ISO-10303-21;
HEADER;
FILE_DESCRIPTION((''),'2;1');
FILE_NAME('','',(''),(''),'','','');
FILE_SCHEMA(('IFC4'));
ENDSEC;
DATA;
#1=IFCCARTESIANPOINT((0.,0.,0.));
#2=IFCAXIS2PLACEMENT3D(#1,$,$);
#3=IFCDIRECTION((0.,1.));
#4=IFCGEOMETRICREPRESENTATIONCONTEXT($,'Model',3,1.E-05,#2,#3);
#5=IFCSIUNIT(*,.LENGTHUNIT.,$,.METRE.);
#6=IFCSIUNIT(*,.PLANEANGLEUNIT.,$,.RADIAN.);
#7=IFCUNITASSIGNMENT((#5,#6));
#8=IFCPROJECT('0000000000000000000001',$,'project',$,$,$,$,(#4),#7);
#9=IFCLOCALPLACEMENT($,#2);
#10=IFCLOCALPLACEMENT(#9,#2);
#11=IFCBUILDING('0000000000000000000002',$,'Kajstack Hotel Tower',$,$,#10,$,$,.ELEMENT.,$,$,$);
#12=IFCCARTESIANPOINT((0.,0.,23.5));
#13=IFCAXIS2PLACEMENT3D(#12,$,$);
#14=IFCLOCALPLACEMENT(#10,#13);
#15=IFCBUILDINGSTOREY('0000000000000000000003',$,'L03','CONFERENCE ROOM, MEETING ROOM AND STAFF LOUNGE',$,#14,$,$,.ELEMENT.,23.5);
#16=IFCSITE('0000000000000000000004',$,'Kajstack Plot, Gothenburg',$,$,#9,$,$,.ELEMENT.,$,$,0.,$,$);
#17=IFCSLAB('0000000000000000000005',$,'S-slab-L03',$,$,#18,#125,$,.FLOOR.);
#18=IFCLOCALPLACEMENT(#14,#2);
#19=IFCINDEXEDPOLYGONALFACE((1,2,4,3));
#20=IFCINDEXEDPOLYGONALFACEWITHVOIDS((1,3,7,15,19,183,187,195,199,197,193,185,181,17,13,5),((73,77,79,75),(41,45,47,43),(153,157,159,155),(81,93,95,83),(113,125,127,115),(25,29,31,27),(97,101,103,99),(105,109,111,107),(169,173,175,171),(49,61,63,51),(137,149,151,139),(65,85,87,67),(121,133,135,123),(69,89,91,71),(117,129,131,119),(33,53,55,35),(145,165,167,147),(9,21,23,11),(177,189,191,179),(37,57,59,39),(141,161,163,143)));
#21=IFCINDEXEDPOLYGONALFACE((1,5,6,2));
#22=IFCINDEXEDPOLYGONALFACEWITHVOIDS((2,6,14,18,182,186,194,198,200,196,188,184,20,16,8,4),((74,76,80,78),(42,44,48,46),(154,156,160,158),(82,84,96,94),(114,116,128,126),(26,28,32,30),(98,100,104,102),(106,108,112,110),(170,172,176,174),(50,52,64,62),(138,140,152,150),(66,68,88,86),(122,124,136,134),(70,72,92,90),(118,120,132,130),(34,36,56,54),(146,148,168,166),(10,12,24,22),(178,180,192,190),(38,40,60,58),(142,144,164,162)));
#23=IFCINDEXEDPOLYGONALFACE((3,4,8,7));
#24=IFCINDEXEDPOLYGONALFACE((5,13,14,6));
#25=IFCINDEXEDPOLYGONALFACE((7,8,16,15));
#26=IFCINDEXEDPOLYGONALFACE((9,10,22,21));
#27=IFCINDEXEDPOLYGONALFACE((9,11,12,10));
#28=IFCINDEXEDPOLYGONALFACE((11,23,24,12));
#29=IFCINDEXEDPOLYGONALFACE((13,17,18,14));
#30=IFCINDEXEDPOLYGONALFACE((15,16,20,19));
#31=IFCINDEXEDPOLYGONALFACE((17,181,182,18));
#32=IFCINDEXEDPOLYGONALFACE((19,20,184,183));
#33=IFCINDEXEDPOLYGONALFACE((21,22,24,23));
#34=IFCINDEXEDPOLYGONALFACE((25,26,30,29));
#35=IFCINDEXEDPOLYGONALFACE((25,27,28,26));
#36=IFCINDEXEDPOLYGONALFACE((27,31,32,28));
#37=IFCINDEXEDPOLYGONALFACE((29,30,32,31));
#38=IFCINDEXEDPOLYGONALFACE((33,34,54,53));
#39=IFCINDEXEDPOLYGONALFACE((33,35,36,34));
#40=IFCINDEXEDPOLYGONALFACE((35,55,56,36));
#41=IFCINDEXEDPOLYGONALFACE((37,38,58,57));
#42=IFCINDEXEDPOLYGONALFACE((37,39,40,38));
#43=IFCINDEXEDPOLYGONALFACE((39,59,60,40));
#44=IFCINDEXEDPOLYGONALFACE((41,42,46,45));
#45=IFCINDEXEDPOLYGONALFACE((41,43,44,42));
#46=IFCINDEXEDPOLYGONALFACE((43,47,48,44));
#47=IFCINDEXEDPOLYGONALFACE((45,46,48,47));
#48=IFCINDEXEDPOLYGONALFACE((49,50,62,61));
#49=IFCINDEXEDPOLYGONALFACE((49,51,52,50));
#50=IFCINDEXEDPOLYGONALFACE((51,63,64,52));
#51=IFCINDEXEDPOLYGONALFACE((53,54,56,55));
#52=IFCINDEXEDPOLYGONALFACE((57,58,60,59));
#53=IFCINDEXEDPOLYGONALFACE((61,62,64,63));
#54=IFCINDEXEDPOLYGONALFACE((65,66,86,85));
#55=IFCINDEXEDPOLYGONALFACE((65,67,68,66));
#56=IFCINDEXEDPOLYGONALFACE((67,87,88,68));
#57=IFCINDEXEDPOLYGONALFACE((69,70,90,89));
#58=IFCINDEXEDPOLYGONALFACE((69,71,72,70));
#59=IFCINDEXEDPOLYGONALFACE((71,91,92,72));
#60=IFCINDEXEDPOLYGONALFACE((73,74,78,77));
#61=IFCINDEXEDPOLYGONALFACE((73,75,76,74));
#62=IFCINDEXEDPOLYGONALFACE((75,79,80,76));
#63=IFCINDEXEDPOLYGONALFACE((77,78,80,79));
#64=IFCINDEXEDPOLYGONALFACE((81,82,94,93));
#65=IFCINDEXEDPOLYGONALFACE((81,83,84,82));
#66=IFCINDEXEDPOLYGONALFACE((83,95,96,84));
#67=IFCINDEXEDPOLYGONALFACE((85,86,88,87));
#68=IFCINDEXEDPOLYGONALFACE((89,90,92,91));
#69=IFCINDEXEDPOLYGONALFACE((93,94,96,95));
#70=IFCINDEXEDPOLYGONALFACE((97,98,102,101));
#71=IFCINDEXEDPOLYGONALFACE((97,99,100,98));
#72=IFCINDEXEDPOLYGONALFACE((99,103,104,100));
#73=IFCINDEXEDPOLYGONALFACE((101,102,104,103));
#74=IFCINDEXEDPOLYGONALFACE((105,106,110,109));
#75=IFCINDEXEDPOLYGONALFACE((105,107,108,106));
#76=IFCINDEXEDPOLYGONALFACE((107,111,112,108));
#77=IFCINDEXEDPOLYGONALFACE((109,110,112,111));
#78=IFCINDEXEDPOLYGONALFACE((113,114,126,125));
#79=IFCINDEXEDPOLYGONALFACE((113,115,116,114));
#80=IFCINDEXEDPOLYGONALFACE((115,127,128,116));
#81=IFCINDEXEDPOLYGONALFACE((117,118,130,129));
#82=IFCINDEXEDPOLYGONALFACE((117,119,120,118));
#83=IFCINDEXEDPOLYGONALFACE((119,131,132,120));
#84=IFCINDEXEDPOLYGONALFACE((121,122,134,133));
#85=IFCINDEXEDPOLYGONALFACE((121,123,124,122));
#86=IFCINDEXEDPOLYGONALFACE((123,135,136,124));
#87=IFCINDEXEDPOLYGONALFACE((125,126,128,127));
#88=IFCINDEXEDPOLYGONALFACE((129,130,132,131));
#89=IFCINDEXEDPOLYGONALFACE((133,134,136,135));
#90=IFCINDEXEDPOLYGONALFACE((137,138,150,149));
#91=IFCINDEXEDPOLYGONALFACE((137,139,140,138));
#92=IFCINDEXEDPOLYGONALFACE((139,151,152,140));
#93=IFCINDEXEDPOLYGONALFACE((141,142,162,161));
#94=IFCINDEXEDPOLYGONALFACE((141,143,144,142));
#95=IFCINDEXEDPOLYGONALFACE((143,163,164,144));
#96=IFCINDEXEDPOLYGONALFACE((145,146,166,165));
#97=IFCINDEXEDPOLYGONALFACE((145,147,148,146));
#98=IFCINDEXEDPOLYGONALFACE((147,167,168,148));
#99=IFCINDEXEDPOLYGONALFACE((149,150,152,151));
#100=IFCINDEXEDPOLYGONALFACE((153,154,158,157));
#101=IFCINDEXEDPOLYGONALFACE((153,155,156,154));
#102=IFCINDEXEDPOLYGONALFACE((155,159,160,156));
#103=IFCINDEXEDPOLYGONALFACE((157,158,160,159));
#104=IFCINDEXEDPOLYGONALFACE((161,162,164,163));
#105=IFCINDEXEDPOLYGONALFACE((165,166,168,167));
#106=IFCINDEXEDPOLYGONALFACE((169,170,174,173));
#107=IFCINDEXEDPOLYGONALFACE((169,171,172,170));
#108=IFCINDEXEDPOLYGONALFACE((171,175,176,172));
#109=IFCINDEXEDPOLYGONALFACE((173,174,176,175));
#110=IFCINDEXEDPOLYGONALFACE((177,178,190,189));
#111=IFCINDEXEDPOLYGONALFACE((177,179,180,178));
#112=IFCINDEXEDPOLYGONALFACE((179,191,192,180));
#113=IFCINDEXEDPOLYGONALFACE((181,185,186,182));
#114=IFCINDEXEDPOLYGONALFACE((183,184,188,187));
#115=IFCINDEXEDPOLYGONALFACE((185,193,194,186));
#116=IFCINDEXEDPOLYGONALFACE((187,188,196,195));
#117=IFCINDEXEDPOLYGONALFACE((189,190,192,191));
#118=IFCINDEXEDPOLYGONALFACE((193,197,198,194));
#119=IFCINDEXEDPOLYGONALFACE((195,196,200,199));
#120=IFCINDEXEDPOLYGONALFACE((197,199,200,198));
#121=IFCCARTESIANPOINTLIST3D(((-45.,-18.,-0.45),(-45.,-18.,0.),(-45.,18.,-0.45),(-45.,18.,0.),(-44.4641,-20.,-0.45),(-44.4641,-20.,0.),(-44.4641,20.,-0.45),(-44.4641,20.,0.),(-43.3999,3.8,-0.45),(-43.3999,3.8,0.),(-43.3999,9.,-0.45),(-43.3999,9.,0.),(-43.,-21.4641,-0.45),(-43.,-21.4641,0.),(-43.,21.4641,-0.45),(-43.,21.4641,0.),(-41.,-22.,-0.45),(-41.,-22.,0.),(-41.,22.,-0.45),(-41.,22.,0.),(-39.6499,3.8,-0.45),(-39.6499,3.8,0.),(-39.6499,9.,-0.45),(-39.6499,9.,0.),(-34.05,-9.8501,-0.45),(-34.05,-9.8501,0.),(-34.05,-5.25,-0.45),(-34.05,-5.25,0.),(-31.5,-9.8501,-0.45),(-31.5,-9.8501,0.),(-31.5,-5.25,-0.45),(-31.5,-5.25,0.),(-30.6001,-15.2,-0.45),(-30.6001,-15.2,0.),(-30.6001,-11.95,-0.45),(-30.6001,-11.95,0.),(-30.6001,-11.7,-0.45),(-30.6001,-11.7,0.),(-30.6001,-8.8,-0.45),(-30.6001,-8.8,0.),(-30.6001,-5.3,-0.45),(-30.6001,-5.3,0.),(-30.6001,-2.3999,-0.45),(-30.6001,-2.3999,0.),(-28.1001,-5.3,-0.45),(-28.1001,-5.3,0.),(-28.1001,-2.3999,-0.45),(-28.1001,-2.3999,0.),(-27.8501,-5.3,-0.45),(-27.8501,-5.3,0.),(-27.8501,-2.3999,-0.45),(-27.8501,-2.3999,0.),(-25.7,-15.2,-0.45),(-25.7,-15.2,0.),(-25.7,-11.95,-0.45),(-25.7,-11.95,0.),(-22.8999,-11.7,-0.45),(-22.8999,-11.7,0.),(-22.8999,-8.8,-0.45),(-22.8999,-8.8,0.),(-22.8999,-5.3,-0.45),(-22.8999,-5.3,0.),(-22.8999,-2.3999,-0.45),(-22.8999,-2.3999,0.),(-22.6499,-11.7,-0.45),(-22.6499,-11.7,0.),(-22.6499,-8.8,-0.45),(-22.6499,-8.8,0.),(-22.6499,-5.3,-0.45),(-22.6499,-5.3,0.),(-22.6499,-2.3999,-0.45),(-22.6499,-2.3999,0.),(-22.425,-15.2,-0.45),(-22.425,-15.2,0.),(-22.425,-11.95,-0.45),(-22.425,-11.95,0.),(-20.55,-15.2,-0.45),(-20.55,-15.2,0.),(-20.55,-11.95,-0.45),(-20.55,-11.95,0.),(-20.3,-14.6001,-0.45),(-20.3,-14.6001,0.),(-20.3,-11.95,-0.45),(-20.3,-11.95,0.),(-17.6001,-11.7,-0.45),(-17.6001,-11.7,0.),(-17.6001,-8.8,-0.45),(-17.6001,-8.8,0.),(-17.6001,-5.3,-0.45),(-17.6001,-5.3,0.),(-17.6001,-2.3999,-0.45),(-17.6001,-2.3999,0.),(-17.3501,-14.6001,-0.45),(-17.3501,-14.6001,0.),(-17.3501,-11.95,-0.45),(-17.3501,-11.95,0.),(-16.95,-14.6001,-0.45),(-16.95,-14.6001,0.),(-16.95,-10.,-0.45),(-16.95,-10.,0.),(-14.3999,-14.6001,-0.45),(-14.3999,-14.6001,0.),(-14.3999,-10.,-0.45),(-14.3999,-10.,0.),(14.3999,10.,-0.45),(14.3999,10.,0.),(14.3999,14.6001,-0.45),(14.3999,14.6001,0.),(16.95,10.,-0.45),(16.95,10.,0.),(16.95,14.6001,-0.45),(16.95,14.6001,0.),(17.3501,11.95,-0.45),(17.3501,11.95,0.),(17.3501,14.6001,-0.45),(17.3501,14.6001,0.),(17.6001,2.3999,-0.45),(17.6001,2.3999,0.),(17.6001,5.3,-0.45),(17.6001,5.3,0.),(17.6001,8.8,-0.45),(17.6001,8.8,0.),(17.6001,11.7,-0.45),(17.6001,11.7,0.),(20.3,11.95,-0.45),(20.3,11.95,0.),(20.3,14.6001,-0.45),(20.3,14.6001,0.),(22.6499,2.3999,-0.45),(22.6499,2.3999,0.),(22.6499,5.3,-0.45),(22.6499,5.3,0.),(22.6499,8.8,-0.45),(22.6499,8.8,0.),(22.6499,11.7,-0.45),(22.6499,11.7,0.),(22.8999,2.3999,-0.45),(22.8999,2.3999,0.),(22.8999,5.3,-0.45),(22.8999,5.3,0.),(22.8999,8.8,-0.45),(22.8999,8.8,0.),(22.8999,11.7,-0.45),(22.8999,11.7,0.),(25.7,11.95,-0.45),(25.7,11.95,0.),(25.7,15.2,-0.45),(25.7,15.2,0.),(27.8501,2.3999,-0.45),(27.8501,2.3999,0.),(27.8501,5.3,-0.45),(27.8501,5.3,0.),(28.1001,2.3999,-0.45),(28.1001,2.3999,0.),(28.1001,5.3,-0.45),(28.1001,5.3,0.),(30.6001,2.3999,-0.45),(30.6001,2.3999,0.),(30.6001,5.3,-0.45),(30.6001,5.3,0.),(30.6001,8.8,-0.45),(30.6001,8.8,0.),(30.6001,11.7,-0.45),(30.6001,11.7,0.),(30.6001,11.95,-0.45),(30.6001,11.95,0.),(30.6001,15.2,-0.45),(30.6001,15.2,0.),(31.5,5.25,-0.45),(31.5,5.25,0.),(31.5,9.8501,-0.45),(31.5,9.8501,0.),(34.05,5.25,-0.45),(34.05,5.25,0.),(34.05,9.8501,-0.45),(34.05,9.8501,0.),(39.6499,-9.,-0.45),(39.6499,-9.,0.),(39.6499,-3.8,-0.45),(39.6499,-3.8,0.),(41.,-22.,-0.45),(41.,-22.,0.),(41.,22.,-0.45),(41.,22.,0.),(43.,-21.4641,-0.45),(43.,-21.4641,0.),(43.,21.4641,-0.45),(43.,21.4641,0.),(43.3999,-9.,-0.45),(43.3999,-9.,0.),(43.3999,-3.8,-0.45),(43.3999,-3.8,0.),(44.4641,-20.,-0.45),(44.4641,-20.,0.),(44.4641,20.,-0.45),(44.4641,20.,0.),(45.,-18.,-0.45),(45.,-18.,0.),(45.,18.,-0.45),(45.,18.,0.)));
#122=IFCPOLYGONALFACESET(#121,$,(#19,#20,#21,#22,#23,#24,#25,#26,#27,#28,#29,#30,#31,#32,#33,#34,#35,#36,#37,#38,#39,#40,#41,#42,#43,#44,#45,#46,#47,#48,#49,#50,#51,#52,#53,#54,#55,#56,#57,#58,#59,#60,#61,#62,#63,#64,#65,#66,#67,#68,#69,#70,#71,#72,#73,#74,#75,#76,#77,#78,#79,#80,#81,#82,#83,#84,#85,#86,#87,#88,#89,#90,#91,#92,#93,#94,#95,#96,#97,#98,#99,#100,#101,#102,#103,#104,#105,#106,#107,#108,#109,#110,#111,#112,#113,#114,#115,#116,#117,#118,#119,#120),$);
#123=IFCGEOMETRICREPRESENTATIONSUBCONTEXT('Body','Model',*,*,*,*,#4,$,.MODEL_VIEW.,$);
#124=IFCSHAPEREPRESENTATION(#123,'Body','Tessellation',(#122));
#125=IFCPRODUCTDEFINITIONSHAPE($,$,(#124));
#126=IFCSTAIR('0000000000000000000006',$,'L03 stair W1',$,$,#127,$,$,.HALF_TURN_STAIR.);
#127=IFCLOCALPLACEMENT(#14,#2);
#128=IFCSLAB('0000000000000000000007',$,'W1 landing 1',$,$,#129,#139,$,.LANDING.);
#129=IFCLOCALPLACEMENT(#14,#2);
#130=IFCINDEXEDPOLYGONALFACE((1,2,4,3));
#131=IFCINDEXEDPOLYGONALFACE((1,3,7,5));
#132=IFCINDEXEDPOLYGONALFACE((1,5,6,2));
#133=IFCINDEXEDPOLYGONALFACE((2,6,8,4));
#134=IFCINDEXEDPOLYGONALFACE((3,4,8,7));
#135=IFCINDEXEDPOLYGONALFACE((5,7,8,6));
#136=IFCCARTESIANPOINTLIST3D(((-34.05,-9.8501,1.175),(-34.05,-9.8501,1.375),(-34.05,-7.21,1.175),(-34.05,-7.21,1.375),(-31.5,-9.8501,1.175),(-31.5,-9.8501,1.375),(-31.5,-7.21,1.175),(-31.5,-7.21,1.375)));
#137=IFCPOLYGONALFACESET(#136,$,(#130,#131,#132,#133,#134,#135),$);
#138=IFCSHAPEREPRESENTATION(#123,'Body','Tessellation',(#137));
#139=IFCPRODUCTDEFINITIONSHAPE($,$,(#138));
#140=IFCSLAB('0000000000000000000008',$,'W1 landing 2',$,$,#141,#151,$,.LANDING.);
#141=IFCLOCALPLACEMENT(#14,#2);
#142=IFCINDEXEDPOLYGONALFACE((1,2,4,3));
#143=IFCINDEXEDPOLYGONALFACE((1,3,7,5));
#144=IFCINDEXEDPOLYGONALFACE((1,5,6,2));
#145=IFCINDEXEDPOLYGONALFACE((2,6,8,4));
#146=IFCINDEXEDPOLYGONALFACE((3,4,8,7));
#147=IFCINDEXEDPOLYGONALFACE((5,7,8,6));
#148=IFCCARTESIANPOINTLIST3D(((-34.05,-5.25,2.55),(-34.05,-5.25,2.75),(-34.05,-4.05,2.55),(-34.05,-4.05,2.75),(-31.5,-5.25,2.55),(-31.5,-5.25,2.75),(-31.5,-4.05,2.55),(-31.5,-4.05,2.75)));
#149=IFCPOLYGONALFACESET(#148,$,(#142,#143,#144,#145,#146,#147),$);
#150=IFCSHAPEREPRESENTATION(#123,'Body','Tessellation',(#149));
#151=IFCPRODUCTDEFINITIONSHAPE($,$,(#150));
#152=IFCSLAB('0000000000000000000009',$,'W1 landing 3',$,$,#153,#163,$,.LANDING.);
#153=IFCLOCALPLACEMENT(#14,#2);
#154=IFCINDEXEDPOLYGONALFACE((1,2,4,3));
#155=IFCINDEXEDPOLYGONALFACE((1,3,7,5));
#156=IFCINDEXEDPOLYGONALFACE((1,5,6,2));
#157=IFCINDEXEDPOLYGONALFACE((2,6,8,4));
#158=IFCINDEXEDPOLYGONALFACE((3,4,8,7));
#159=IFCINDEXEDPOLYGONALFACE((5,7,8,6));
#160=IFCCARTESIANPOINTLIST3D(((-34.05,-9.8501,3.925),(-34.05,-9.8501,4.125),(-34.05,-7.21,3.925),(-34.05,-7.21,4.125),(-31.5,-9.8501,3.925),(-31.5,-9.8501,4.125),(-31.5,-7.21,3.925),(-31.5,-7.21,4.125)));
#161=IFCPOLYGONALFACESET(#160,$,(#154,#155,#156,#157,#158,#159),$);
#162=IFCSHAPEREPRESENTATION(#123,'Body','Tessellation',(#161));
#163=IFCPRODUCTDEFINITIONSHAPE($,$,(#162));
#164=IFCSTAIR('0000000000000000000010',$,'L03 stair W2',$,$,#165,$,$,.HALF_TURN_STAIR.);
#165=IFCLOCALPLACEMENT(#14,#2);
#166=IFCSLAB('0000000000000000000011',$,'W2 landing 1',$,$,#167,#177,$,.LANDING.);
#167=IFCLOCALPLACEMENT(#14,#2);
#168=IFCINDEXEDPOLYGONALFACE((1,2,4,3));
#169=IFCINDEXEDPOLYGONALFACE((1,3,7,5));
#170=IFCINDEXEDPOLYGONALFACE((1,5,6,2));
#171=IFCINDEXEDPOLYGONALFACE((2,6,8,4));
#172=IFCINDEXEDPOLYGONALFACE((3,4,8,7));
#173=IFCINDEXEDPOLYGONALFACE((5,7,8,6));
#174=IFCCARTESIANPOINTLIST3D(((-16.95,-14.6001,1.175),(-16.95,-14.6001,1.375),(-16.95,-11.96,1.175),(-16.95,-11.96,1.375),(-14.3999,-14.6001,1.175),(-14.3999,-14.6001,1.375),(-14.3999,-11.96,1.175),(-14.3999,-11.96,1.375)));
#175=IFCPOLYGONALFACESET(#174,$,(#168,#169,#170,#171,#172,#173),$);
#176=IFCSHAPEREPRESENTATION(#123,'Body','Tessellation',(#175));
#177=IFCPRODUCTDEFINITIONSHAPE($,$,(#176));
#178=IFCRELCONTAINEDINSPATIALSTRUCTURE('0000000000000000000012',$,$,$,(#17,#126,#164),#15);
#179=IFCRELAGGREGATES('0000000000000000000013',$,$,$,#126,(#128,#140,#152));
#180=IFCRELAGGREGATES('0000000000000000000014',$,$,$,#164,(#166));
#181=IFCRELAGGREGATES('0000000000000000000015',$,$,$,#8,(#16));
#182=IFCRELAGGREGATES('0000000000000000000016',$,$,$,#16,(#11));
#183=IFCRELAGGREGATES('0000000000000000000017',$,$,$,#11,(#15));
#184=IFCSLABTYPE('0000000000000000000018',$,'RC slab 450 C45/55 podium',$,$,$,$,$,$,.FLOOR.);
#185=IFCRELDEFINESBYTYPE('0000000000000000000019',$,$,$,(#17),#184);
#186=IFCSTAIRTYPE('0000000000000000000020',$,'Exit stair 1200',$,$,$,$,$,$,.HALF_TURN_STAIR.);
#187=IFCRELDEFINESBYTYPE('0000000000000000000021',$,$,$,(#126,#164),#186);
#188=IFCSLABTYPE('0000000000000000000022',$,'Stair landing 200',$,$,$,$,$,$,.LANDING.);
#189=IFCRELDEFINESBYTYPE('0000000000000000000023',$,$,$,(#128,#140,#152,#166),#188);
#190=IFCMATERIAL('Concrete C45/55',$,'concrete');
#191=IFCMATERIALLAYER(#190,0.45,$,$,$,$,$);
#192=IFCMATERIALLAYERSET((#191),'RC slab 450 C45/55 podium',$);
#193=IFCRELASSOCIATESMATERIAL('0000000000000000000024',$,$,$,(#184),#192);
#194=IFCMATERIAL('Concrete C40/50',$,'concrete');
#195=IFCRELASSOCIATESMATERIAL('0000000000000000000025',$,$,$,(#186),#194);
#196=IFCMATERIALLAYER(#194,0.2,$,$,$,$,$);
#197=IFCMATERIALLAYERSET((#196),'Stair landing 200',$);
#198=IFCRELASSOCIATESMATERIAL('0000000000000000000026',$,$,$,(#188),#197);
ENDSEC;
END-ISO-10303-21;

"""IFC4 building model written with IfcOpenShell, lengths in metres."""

from ifc_helpers import new_model, si_unit, direction, frame, origin, place, context, subcontext, project, spatial, polyline, outline, extrude, material, layer, layer_set, type_object, element, aggregate, save


model = new_model("IFC4")

# Units and contexts
model_context = context("Model", 3, precision=1e-05, world=origin(), true_north=direction((0.0, 1.0)))
body_context = subcontext(model_context, "Body", "Model", "MODEL_VIEW")
ifc_project = project(units=[si_unit("LENGTHUNIT", "METRE"), si_unit("PLANEANGLEUNIT", "RADIAN")], contexts=[model_context])

# Site, building, storey
site_placement = place(None, origin())
site = spatial("IfcSite", under=ifc_project, at=site_placement, Name="Kajstack Plot, Gothenburg", CompositionType="ELEMENT", RefElevation=0.0)
building_placement = place(site_placement, origin())
building = spatial("IfcBuilding", under=site, at=building_placement, Name="Kajstack Hotel Tower", CompositionType="ELEMENT")
storey_placement = place(building_placement, frame((0.0, 0.0, 23.5)))
storey = spatial("IfcBuildingStorey", under=building, at=storey_placement, Name="L03", Description="CONFERENCE ROOM, MEETING ROOM AND STAFF LOUNGE", CompositionType="ELEMENT", Elevation=23.5)

# Slab
ifc_material_1 = material(Name="Concrete C45/55", Category="concrete")
ifc_layer_1 = layer(ifc_material_1, 0.45)
ifc_layer_set_1 = layer_set([ifc_layer_1], Name="RC slab 450 C45/55 podium")
slab_type_1 = type_object("IfcSlabType", Name="RC slab 450 C45/55 podium", PredefinedType="FLOOR", material=ifc_layer_set_1)
slab_1_placement = place(storey_placement, frame((0.0, 0.0, -0.45)))
element("IfcSlab", 1, at=slab_1_placement, inside=storey, type_object=slab_type_1, Name="S-slab-L03", PredefinedType="FLOOR", context=body_context, shape_type="SweptSolid", body=[
    extrude(outline(polyline([(-45.0, -18.0), (-44.4641, -20.0), (-43.0, -21.4641), (-41.0, -22.0), (41.0, -22.0), (43.0, -21.4641), (44.4641, -20.0), (45.0, -18.0), (45.0, 18.0), (44.4641, 20.0), (43.0, 21.4641), (41.0, 22.0), (-41.0, 22.0), (-43.0, 21.4641), (-44.4641, 20.0), (-45.0, 18.0), (-45.0, -18.0)]), holes=[polyline([(-30.6001, -11.7), (-30.6001, -8.8), (-22.8999, -8.8), (-22.8999, -11.7), (-30.6001, -11.7)]), polyline([(-22.6499, -11.7), (-22.6499, -8.8), (-17.6001, -8.8), (-17.6001, -11.7), (-22.6499, -11.7)]), polyline([(-27.8501, -5.3), (-27.8501, -2.3999), (-22.8999, -2.3999), (-22.8999, -5.3), (-27.8501, -5.3)]), polyline([(-22.6499, -5.3), (-22.6499, -2.3999), (-17.6001, -2.3999), (-17.6001, -5.3), (-22.6499, -5.3)]), polyline([(-20.3, -14.6001), (-17.3501, -14.6001), (-17.3501, -11.95), (-20.3, -11.95), (-20.3, -14.6001)]), polyline([(-30.6001, -5.3), (-28.1001, -5.3), (-28.1001, -2.3999), (-30.6001, -2.3999), (-30.6001, -5.3)]), polyline([(22.8999, 8.8), (22.8999, 11.7), (30.6001, 11.7), (30.6001, 8.8), (22.8999, 8.8)]), polyline([(17.6001, 8.8), (17.6001, 11.7), (22.6499, 11.7), (22.6499, 8.8), (17.6001, 8.8)]), polyline([(22.8999, 2.3999), (22.8999, 5.3), (27.8501, 5.3), (27.8501, 2.3999), (22.8999, 2.3999)]), polyline([(17.6001, 2.3999), (17.6001, 5.3), (22.6499, 5.3), (22.6499, 2.3999), (17.6001, 2.3999)]), polyline([(20.3, 14.6001), (17.3501, 14.6001), (17.3501, 11.95), (20.3, 11.95), (20.3, 14.6001)]), polyline([(30.6001, 5.3), (28.1001, 5.3), (28.1001, 2.3999), (30.6001, 2.3999), (30.6001, 5.3)]), polyline([(-34.05, -9.8501), (-31.5, -9.8501), (-31.5, -5.25), (-34.05, -5.25), (-34.05, -9.8501)]), polyline([(-16.95, -14.6001), (-14.3999, -14.6001), (-14.3999, -10.0), (-16.95, -10.0), (-16.95, -14.6001)]), polyline([(-30.6001, -15.2), (-25.7, -15.2), (-25.7, -11.95), (-30.6001, -11.95), (-30.6001, -15.2)]), polyline([(34.05, 9.8501), (31.5, 9.8501), (31.5, 5.25), (34.05, 5.25), (34.05, 9.8501)]), polyline([(16.95, 14.6001), (14.3999, 14.6001), (14.3999, 10.0), (16.95, 10.0), (16.95, 14.6001)]), polyline([(30.6001, 15.2), (25.7, 15.2), (25.7, 11.95), (30.6001, 11.95), (30.6001, 15.2)]), polyline([(-43.3999, 3.8), (-39.6499, 3.8), (-39.6499, 9.0), (-43.3999, 9.0), (-43.3999, 3.8)]), polyline([(39.6499, -9.0), (43.3999, -9.0), (43.3999, -3.8), (39.6499, -3.8), (39.6499, -9.0)]), polyline([(-22.425, -15.2), (-22.425, -11.95), (-20.55, -11.95), (-20.55, -15.2), (-22.425, -15.2)])]), origin(), (0.0, 0.0, 1.0), 0.45),
])

# Stair, slabs
ifc_material_2 = material(Name="Concrete C40/50", Category="concrete")
stair_type = type_object("IfcStairType", Name="Exit stair 1200", PredefinedType="HALF_TURN_STAIR", material=ifc_material_2)
stair_1_placement = place(storey_placement, origin())
stair_1 = element("IfcStair", 2, at=stair_1_placement, inside=storey, type_object=stair_type, Name="L03 stair W1", PredefinedType="HALF_TURN_STAIR")
ifc_layer_2 = layer(ifc_material_2, 0.2)
ifc_layer_set_2 = layer_set([ifc_layer_2], Name="Stair landing 200")
slab_type_2 = type_object("IfcSlabType", Name="Stair landing 200", PredefinedType="LANDING", material=ifc_layer_set_2)
slab_2_placement = place(storey_placement, frame((0.0, 0.0, 1.175)))
slab_2 = element("IfcSlab", 3, at=slab_2_placement, type_object=slab_type_2, Name="W1 landing 1", PredefinedType="LANDING", context=body_context, shape_type="SweptSolid", body=[
    extrude(outline(polyline([(-34.05, -7.21), (-34.05, -9.8501), (-31.5, -9.8501), (-31.5, -7.21), (-34.05, -7.21)])), origin(), (0.0, 0.0, 1.0), 0.2),
])
slab_3_placement = place(storey_placement, frame((0.0, 0.0, 2.55)))
slab_3 = element("IfcSlab", 4, at=slab_3_placement, type_object=slab_type_2, Name="W1 landing 2", PredefinedType="LANDING", context=body_context, shape_type="SweptSolid", body=[
    extrude(outline(polyline([(-34.05, -4.05), (-34.05, -5.25), (-31.5, -5.25), (-31.5, -4.05), (-34.05, -4.05)])), origin(), (0.0, 0.0, 1.0), 0.2),
])
slab_4_placement = place(storey_placement, frame((0.0, 0.0, 3.925)))
slab_4 = element("IfcSlab", 5, at=slab_4_placement, type_object=slab_type_2, Name="W1 landing 3", PredefinedType="LANDING", context=body_context, shape_type="SweptSolid", body=[
    extrude(outline(polyline([(-34.05, -7.21), (-34.05, -9.8501), (-31.5, -9.8501), (-31.5, -7.21), (-34.05, -7.21)])), origin(), (0.0, 0.0, 1.0), 0.2),
])
aggregate(stair_1, [slab_2, slab_3, slab_4])

# Stair, slab
stair_2_placement = place(storey_placement, origin())
stair_2 = element("IfcStair", 6, at=stair_2_placement, inside=storey, type_object=stair_type, Name="L03 stair W2", PredefinedType="HALF_TURN_STAIR")
slab_5_placement = place(storey_placement, frame((0.0, 0.0, 1.175)))
slab_5 = element("IfcSlab", 7, at=slab_5_placement, type_object=slab_type_2, Name="W2 landing 1", PredefinedType="LANDING", context=body_context, shape_type="SweptSolid", body=[
    extrude(outline(polyline([(-16.95, -11.96), (-16.95, -14.6001), (-14.3999, -14.6001), (-14.3999, -11.96), (-16.95, -11.96)])), origin(), (0.0, 0.0, 1.0), 0.2),
])
aggregate(stair_2, [slab_5])

save(model, "model.ifc")
